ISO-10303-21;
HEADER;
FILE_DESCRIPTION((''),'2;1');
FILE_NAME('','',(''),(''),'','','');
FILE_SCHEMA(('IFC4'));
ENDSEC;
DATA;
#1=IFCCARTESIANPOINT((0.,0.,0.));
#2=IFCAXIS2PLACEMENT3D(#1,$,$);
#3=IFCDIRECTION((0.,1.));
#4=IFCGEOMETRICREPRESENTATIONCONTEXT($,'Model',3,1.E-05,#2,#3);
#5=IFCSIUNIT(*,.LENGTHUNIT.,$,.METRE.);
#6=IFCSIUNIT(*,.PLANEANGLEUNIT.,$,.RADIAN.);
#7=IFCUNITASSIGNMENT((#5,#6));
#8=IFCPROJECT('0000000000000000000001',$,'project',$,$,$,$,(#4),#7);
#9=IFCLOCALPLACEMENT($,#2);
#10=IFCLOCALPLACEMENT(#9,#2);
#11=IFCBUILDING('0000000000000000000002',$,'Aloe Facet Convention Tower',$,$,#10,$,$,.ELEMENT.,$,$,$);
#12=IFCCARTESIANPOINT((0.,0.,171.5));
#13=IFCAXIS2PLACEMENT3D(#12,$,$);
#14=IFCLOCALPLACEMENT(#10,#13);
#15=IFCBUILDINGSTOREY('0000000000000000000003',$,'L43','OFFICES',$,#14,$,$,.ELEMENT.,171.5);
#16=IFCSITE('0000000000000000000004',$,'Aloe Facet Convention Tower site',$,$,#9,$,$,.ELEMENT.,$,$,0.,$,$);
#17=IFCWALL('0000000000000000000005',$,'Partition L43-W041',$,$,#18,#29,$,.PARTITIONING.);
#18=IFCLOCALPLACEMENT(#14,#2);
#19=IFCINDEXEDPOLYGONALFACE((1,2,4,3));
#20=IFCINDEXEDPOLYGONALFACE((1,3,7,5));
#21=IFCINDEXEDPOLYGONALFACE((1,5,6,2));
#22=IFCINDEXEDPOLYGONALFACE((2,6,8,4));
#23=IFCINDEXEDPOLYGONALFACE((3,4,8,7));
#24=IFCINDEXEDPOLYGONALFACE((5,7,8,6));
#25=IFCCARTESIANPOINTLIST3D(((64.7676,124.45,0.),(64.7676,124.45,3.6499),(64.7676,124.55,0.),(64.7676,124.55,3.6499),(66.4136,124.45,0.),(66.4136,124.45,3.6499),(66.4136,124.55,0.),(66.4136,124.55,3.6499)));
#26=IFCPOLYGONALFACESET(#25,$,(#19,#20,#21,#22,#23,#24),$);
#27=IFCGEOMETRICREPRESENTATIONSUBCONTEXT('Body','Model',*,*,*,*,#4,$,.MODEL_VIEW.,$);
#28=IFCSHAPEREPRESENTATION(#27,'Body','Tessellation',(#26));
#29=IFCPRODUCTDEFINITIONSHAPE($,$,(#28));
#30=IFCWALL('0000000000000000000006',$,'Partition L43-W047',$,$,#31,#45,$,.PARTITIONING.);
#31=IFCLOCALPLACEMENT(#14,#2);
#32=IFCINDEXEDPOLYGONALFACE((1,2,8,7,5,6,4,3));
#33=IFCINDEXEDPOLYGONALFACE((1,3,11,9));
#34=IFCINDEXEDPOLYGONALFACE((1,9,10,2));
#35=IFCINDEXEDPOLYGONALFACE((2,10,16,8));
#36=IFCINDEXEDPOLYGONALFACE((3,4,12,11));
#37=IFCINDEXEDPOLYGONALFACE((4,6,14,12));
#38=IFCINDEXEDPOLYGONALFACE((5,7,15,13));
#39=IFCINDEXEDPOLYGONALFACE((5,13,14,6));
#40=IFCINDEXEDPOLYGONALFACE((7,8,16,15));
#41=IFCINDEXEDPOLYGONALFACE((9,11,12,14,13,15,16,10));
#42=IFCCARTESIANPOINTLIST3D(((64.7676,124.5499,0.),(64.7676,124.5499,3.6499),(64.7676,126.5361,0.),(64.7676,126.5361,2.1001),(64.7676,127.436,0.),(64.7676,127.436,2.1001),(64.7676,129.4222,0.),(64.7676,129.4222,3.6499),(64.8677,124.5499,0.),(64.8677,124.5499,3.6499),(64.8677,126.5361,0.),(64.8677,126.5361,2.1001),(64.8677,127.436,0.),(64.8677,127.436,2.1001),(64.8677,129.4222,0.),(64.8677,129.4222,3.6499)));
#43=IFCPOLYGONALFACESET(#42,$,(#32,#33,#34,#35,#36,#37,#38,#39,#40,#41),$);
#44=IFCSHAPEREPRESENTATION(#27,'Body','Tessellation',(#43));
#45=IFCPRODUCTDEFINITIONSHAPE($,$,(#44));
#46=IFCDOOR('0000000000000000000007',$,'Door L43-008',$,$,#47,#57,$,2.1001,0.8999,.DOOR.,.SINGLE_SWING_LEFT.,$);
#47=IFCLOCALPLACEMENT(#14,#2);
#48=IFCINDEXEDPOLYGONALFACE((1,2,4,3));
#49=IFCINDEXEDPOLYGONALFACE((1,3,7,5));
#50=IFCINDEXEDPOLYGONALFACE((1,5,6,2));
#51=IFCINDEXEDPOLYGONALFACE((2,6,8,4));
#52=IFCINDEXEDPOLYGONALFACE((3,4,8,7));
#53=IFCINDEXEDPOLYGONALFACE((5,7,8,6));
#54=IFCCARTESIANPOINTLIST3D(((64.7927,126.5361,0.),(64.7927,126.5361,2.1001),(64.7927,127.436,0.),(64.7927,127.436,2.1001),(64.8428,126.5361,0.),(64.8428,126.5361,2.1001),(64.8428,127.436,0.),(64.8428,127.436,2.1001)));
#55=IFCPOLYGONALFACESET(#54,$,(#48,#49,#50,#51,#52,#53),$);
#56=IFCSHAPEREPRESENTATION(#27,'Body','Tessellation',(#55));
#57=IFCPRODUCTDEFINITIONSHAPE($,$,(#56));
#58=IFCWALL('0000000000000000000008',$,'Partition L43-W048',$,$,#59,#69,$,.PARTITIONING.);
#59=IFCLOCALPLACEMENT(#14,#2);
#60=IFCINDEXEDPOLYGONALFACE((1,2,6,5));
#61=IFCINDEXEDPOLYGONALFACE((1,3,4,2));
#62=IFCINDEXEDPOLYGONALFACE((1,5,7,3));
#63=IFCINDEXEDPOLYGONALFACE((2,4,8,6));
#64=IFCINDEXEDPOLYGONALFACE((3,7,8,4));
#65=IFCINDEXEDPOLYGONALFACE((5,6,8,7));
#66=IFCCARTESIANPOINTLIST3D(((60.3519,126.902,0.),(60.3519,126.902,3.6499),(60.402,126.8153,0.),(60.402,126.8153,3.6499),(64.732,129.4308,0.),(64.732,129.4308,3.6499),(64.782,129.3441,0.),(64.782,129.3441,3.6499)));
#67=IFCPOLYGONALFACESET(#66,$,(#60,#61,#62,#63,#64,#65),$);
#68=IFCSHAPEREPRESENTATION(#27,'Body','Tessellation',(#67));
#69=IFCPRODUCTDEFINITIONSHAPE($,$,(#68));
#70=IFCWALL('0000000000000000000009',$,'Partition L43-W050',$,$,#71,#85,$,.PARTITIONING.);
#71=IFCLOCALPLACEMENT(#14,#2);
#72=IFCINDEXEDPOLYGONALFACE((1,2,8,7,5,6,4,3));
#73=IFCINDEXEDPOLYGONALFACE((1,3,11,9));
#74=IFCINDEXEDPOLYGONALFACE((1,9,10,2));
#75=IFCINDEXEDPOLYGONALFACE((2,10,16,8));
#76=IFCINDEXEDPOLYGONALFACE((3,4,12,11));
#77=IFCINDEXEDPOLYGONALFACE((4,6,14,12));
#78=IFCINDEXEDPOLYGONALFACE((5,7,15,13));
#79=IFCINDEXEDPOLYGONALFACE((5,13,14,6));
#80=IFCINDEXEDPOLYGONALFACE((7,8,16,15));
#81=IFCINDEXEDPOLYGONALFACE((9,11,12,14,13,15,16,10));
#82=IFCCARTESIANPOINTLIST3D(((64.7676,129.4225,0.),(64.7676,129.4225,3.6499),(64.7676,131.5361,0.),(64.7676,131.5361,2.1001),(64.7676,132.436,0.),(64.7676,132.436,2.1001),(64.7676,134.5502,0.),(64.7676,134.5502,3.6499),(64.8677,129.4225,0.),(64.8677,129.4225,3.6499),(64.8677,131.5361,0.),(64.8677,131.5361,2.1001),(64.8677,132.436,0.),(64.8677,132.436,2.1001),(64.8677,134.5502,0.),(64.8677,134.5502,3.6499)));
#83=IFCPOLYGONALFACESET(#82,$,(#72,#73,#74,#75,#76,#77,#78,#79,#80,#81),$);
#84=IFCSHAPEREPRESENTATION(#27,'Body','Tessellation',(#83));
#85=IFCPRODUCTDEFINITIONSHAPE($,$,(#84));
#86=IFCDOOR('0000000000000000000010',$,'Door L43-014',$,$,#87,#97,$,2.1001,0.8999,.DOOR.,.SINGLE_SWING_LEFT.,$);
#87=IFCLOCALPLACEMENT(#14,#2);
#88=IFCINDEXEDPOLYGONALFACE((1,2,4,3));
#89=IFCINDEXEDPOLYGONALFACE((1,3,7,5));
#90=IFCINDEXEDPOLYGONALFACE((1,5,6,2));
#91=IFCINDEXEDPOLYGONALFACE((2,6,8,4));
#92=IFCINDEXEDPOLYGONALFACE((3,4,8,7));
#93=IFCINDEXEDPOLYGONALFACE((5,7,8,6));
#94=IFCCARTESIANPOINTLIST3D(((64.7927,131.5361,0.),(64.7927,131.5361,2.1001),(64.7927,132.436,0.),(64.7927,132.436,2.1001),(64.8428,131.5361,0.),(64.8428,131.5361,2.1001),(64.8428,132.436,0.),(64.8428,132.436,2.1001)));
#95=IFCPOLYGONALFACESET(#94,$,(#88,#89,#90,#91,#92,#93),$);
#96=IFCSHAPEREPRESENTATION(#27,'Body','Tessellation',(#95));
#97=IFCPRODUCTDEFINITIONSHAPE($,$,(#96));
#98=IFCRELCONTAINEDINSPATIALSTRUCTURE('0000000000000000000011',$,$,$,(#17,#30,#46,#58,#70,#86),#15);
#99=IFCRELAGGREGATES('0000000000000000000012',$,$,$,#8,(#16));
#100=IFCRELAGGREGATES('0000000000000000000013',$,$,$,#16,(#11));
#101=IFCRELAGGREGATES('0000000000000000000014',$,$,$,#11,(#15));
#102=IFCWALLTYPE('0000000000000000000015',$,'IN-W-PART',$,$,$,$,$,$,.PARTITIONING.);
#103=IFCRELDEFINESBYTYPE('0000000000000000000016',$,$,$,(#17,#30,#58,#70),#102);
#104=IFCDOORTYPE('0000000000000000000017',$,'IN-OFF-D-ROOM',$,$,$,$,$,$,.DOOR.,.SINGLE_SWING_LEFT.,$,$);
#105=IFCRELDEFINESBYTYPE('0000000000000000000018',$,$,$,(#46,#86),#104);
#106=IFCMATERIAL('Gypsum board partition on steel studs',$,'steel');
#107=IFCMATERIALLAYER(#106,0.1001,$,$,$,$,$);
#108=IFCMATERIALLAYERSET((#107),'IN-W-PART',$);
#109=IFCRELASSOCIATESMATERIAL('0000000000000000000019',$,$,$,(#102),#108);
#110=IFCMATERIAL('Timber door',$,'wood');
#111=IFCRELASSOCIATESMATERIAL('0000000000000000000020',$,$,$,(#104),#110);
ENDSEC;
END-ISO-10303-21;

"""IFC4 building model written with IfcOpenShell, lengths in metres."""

from ifc_helpers import new_model, si_unit, direction, frame, frame_2d, origin, place, context, subcontext, project, spatial, rectangle, extrude, material, layer, layer_set, type_object, element, fill, save


model = new_model("IFC4")

# Units and contexts
model_context = context("Model", 3, precision=1e-05, world=origin(), true_north=direction((0.0, 1.0)))
body_context = subcontext(model_context, "Body", "Model", "MODEL_VIEW")
ifc_project = project(units=[si_unit("LENGTHUNIT", "METRE"), si_unit("PLANEANGLEUNIT", "RADIAN")], contexts=[model_context])

# Site, building, storey
site_placement = place(None, origin())
site = spatial("IfcSite", under=ifc_project, at=site_placement, Name="Aloe Facet Convention Tower site", CompositionType="ELEMENT", RefElevation=0.0)
building_placement = place(site_placement, origin())
building = spatial("IfcBuilding", under=site, at=building_placement, Name="Aloe Facet Convention Tower", CompositionType="ELEMENT")
storey_placement = place(building_placement, frame((0.0, 0.0, 171.5)))
storey = spatial("IfcBuildingStorey", under=building, at=storey_placement, Name="L43", Description="OFFICES", CompositionType="ELEMENT", Elevation=171.5)

# Wall
ifc_material_1 = material(Name="Gypsum board partition on steel studs", Category="steel")
ifc_layer_1 = layer(ifc_material_1, 0.1001)
ifc_layer_set_1 = layer_set([ifc_layer_1], Name="IN-W-PART")
wall_type_1 = type_object("IfcWallType", Name="IN-W-PART", PredefinedType="PARTITIONING", material=ifc_layer_set_1)
wall_1_placement = place(storey_placement, frame((64.7676, 124.5, 0.0), z_axis=(0.0, 0.0, 1.0), x_axis=(1.0, 0.0, 0.0)))
element("IfcWall", 1, at=wall_1_placement, inside=storey, type_object=wall_type_1, Name="Partition L43-W041", PredefinedType="PARTITIONING", context=body_context, shape_type="SweptSolid", body=[
    extrude(rectangle(XDim=1.646, YDim=0.1001, at=frame_2d((0.823, 0.0))), origin(), (0.0, 0.0, 1.0), 3.6499),
])

# Wall, opening, door
wall_2_placement = place(storey_placement, frame((64.8176, 124.55, 0.0), z_axis=(0.0, 0.0, 1.0), x_axis=(0.0, 1.0, 0.0)))
wall_2 = element("IfcWall", 2, at=wall_2_placement, inside=storey, type_object=wall_type_1, Name="Partition L43-W047", PredefinedType="PARTITIONING", context=body_context, shape_type="SweptSolid", body=[
    extrude(rectangle(XDim=4.8723, YDim=0.1001, at=frame_2d((2.436, 0.0))), origin(), (0.0, 0.0, 1.0), 3.6499),
])
opening_1_placement = place(wall_2_placement, frame((1.9861, 0.0, 0.0)))
opening_1 = element("IfcOpeningElement", 3, at=opening_1_placement, cuts=wall_2, PredefinedType="OPENING", context=body_context, shape_type="SweptSolid", body=[
    extrude(rectangle(XDim=0.8999, YDim=2.1001, at=frame_2d((0.45, 1.05))), frame((0.0, 0.0601, 0.0), z_axis=(0.0, -1.0, 0.0), x_axis=(1.0, 0.0, 0.0)), (0.0, 0.0, 1.0), 0.1201),
])
ifc_material_2 = material(Name="Timber door", Category="wood")
door_type = type_object("IfcDoorType", Name="IN-OFF-D-ROOM", OperationType="SINGLE_SWING_LEFT", PredefinedType="DOOR", material=ifc_material_2)
door_1_placement = place(opening_1_placement, origin())
door_1 = element("IfcDoor", 4, at=door_1_placement, inside=storey, type_object=door_type, Name="Door L43-008", OperationType="SINGLE_SWING_LEFT", OverallHeight=2.1001, OverallWidth=0.8999, PredefinedType="DOOR", context=body_context, shape_type="SweptSolid", body=[
    extrude(rectangle(XDim=0.8999, YDim=2.1001, at=frame_2d((0.45, 1.05))), frame((0.0, 0.0249, 0.0), z_axis=(0.0, -1.0, 0.0), x_axis=(1.0, 0.0, 0.0)), (0.0, 0.0, 1.0), 0.05),
])
fill(opening_1, door_1)

# Wall
wall_3_placement = place(storey_placement, frame((60.377, 126.8586, 0.0), z_axis=(0.0, 0.0, 1.0), x_axis=(0.86603, 0.499991, 0.0)))
element("IfcWall", 5, at=wall_3_placement, inside=storey, type_object=wall_type_1, Name="Partition L43-W048", PredefinedType="PARTITIONING", context=body_context, shape_type="SweptSolid", body=[
    extrude(rectangle(XDim=5.0576, YDim=0.1001, at=frame_2d((2.5288, 0.0))), origin(), (0.0, 0.0, 1.0), 3.6499),
])

# Wall, opening, door
wall_4_placement = place(storey_placement, frame((64.8176, 129.4224, 0.0), z_axis=(0.0, 0.0, 1.0), x_axis=(0.0, 1.0, 0.0)))
wall_4 = element("IfcWall", 6, at=wall_4_placement, inside=storey, type_object=wall_type_1, Name="Partition L43-W050", PredefinedType="PARTITIONING", context=body_context, shape_type="SweptSolid", body=[
    extrude(rectangle(XDim=5.1277, YDim=0.1001, at=frame_2d((2.564, 0.0))), origin(), (0.0, 0.0, 1.0), 3.6499),
])
opening_2_placement = place(wall_4_placement, frame((2.1138, 0.0, 0.0)))
opening_2 = element("IfcOpeningElement", 7, at=opening_2_placement, cuts=wall_4, PredefinedType="OPENING", context=body_context, shape_type="SweptSolid", body=[
    extrude(rectangle(XDim=0.8999, YDim=2.1001, at=frame_2d((0.45, 1.05))), frame((0.0, 0.0601, 0.0), z_axis=(0.0, -1.0, 0.0), x_axis=(1.0, 0.0, 0.0)), (0.0, 0.0, 1.0), 0.1201),
])
door_2_placement = place(opening_2_placement, origin())
door_2 = element("IfcDoor", 8, at=door_2_placement, inside=storey, type_object=door_type, Name="Door L43-014", OperationType="SINGLE_SWING_LEFT", OverallHeight=2.1001, OverallWidth=0.8999, PredefinedType="DOOR", context=body_context, shape_type="SweptSolid", body=[
    extrude(rectangle(XDim=0.8999, YDim=2.1001, at=frame_2d((0.45, 1.05))), frame((0.0, 0.0249, 0.0), z_axis=(0.0, -1.0, 0.0), x_axis=(1.0, 0.0, 0.0)), (0.0, 0.0, 1.0), 0.05),
])
fill(opening_2, door_2)

save(model, "model.ifc")
